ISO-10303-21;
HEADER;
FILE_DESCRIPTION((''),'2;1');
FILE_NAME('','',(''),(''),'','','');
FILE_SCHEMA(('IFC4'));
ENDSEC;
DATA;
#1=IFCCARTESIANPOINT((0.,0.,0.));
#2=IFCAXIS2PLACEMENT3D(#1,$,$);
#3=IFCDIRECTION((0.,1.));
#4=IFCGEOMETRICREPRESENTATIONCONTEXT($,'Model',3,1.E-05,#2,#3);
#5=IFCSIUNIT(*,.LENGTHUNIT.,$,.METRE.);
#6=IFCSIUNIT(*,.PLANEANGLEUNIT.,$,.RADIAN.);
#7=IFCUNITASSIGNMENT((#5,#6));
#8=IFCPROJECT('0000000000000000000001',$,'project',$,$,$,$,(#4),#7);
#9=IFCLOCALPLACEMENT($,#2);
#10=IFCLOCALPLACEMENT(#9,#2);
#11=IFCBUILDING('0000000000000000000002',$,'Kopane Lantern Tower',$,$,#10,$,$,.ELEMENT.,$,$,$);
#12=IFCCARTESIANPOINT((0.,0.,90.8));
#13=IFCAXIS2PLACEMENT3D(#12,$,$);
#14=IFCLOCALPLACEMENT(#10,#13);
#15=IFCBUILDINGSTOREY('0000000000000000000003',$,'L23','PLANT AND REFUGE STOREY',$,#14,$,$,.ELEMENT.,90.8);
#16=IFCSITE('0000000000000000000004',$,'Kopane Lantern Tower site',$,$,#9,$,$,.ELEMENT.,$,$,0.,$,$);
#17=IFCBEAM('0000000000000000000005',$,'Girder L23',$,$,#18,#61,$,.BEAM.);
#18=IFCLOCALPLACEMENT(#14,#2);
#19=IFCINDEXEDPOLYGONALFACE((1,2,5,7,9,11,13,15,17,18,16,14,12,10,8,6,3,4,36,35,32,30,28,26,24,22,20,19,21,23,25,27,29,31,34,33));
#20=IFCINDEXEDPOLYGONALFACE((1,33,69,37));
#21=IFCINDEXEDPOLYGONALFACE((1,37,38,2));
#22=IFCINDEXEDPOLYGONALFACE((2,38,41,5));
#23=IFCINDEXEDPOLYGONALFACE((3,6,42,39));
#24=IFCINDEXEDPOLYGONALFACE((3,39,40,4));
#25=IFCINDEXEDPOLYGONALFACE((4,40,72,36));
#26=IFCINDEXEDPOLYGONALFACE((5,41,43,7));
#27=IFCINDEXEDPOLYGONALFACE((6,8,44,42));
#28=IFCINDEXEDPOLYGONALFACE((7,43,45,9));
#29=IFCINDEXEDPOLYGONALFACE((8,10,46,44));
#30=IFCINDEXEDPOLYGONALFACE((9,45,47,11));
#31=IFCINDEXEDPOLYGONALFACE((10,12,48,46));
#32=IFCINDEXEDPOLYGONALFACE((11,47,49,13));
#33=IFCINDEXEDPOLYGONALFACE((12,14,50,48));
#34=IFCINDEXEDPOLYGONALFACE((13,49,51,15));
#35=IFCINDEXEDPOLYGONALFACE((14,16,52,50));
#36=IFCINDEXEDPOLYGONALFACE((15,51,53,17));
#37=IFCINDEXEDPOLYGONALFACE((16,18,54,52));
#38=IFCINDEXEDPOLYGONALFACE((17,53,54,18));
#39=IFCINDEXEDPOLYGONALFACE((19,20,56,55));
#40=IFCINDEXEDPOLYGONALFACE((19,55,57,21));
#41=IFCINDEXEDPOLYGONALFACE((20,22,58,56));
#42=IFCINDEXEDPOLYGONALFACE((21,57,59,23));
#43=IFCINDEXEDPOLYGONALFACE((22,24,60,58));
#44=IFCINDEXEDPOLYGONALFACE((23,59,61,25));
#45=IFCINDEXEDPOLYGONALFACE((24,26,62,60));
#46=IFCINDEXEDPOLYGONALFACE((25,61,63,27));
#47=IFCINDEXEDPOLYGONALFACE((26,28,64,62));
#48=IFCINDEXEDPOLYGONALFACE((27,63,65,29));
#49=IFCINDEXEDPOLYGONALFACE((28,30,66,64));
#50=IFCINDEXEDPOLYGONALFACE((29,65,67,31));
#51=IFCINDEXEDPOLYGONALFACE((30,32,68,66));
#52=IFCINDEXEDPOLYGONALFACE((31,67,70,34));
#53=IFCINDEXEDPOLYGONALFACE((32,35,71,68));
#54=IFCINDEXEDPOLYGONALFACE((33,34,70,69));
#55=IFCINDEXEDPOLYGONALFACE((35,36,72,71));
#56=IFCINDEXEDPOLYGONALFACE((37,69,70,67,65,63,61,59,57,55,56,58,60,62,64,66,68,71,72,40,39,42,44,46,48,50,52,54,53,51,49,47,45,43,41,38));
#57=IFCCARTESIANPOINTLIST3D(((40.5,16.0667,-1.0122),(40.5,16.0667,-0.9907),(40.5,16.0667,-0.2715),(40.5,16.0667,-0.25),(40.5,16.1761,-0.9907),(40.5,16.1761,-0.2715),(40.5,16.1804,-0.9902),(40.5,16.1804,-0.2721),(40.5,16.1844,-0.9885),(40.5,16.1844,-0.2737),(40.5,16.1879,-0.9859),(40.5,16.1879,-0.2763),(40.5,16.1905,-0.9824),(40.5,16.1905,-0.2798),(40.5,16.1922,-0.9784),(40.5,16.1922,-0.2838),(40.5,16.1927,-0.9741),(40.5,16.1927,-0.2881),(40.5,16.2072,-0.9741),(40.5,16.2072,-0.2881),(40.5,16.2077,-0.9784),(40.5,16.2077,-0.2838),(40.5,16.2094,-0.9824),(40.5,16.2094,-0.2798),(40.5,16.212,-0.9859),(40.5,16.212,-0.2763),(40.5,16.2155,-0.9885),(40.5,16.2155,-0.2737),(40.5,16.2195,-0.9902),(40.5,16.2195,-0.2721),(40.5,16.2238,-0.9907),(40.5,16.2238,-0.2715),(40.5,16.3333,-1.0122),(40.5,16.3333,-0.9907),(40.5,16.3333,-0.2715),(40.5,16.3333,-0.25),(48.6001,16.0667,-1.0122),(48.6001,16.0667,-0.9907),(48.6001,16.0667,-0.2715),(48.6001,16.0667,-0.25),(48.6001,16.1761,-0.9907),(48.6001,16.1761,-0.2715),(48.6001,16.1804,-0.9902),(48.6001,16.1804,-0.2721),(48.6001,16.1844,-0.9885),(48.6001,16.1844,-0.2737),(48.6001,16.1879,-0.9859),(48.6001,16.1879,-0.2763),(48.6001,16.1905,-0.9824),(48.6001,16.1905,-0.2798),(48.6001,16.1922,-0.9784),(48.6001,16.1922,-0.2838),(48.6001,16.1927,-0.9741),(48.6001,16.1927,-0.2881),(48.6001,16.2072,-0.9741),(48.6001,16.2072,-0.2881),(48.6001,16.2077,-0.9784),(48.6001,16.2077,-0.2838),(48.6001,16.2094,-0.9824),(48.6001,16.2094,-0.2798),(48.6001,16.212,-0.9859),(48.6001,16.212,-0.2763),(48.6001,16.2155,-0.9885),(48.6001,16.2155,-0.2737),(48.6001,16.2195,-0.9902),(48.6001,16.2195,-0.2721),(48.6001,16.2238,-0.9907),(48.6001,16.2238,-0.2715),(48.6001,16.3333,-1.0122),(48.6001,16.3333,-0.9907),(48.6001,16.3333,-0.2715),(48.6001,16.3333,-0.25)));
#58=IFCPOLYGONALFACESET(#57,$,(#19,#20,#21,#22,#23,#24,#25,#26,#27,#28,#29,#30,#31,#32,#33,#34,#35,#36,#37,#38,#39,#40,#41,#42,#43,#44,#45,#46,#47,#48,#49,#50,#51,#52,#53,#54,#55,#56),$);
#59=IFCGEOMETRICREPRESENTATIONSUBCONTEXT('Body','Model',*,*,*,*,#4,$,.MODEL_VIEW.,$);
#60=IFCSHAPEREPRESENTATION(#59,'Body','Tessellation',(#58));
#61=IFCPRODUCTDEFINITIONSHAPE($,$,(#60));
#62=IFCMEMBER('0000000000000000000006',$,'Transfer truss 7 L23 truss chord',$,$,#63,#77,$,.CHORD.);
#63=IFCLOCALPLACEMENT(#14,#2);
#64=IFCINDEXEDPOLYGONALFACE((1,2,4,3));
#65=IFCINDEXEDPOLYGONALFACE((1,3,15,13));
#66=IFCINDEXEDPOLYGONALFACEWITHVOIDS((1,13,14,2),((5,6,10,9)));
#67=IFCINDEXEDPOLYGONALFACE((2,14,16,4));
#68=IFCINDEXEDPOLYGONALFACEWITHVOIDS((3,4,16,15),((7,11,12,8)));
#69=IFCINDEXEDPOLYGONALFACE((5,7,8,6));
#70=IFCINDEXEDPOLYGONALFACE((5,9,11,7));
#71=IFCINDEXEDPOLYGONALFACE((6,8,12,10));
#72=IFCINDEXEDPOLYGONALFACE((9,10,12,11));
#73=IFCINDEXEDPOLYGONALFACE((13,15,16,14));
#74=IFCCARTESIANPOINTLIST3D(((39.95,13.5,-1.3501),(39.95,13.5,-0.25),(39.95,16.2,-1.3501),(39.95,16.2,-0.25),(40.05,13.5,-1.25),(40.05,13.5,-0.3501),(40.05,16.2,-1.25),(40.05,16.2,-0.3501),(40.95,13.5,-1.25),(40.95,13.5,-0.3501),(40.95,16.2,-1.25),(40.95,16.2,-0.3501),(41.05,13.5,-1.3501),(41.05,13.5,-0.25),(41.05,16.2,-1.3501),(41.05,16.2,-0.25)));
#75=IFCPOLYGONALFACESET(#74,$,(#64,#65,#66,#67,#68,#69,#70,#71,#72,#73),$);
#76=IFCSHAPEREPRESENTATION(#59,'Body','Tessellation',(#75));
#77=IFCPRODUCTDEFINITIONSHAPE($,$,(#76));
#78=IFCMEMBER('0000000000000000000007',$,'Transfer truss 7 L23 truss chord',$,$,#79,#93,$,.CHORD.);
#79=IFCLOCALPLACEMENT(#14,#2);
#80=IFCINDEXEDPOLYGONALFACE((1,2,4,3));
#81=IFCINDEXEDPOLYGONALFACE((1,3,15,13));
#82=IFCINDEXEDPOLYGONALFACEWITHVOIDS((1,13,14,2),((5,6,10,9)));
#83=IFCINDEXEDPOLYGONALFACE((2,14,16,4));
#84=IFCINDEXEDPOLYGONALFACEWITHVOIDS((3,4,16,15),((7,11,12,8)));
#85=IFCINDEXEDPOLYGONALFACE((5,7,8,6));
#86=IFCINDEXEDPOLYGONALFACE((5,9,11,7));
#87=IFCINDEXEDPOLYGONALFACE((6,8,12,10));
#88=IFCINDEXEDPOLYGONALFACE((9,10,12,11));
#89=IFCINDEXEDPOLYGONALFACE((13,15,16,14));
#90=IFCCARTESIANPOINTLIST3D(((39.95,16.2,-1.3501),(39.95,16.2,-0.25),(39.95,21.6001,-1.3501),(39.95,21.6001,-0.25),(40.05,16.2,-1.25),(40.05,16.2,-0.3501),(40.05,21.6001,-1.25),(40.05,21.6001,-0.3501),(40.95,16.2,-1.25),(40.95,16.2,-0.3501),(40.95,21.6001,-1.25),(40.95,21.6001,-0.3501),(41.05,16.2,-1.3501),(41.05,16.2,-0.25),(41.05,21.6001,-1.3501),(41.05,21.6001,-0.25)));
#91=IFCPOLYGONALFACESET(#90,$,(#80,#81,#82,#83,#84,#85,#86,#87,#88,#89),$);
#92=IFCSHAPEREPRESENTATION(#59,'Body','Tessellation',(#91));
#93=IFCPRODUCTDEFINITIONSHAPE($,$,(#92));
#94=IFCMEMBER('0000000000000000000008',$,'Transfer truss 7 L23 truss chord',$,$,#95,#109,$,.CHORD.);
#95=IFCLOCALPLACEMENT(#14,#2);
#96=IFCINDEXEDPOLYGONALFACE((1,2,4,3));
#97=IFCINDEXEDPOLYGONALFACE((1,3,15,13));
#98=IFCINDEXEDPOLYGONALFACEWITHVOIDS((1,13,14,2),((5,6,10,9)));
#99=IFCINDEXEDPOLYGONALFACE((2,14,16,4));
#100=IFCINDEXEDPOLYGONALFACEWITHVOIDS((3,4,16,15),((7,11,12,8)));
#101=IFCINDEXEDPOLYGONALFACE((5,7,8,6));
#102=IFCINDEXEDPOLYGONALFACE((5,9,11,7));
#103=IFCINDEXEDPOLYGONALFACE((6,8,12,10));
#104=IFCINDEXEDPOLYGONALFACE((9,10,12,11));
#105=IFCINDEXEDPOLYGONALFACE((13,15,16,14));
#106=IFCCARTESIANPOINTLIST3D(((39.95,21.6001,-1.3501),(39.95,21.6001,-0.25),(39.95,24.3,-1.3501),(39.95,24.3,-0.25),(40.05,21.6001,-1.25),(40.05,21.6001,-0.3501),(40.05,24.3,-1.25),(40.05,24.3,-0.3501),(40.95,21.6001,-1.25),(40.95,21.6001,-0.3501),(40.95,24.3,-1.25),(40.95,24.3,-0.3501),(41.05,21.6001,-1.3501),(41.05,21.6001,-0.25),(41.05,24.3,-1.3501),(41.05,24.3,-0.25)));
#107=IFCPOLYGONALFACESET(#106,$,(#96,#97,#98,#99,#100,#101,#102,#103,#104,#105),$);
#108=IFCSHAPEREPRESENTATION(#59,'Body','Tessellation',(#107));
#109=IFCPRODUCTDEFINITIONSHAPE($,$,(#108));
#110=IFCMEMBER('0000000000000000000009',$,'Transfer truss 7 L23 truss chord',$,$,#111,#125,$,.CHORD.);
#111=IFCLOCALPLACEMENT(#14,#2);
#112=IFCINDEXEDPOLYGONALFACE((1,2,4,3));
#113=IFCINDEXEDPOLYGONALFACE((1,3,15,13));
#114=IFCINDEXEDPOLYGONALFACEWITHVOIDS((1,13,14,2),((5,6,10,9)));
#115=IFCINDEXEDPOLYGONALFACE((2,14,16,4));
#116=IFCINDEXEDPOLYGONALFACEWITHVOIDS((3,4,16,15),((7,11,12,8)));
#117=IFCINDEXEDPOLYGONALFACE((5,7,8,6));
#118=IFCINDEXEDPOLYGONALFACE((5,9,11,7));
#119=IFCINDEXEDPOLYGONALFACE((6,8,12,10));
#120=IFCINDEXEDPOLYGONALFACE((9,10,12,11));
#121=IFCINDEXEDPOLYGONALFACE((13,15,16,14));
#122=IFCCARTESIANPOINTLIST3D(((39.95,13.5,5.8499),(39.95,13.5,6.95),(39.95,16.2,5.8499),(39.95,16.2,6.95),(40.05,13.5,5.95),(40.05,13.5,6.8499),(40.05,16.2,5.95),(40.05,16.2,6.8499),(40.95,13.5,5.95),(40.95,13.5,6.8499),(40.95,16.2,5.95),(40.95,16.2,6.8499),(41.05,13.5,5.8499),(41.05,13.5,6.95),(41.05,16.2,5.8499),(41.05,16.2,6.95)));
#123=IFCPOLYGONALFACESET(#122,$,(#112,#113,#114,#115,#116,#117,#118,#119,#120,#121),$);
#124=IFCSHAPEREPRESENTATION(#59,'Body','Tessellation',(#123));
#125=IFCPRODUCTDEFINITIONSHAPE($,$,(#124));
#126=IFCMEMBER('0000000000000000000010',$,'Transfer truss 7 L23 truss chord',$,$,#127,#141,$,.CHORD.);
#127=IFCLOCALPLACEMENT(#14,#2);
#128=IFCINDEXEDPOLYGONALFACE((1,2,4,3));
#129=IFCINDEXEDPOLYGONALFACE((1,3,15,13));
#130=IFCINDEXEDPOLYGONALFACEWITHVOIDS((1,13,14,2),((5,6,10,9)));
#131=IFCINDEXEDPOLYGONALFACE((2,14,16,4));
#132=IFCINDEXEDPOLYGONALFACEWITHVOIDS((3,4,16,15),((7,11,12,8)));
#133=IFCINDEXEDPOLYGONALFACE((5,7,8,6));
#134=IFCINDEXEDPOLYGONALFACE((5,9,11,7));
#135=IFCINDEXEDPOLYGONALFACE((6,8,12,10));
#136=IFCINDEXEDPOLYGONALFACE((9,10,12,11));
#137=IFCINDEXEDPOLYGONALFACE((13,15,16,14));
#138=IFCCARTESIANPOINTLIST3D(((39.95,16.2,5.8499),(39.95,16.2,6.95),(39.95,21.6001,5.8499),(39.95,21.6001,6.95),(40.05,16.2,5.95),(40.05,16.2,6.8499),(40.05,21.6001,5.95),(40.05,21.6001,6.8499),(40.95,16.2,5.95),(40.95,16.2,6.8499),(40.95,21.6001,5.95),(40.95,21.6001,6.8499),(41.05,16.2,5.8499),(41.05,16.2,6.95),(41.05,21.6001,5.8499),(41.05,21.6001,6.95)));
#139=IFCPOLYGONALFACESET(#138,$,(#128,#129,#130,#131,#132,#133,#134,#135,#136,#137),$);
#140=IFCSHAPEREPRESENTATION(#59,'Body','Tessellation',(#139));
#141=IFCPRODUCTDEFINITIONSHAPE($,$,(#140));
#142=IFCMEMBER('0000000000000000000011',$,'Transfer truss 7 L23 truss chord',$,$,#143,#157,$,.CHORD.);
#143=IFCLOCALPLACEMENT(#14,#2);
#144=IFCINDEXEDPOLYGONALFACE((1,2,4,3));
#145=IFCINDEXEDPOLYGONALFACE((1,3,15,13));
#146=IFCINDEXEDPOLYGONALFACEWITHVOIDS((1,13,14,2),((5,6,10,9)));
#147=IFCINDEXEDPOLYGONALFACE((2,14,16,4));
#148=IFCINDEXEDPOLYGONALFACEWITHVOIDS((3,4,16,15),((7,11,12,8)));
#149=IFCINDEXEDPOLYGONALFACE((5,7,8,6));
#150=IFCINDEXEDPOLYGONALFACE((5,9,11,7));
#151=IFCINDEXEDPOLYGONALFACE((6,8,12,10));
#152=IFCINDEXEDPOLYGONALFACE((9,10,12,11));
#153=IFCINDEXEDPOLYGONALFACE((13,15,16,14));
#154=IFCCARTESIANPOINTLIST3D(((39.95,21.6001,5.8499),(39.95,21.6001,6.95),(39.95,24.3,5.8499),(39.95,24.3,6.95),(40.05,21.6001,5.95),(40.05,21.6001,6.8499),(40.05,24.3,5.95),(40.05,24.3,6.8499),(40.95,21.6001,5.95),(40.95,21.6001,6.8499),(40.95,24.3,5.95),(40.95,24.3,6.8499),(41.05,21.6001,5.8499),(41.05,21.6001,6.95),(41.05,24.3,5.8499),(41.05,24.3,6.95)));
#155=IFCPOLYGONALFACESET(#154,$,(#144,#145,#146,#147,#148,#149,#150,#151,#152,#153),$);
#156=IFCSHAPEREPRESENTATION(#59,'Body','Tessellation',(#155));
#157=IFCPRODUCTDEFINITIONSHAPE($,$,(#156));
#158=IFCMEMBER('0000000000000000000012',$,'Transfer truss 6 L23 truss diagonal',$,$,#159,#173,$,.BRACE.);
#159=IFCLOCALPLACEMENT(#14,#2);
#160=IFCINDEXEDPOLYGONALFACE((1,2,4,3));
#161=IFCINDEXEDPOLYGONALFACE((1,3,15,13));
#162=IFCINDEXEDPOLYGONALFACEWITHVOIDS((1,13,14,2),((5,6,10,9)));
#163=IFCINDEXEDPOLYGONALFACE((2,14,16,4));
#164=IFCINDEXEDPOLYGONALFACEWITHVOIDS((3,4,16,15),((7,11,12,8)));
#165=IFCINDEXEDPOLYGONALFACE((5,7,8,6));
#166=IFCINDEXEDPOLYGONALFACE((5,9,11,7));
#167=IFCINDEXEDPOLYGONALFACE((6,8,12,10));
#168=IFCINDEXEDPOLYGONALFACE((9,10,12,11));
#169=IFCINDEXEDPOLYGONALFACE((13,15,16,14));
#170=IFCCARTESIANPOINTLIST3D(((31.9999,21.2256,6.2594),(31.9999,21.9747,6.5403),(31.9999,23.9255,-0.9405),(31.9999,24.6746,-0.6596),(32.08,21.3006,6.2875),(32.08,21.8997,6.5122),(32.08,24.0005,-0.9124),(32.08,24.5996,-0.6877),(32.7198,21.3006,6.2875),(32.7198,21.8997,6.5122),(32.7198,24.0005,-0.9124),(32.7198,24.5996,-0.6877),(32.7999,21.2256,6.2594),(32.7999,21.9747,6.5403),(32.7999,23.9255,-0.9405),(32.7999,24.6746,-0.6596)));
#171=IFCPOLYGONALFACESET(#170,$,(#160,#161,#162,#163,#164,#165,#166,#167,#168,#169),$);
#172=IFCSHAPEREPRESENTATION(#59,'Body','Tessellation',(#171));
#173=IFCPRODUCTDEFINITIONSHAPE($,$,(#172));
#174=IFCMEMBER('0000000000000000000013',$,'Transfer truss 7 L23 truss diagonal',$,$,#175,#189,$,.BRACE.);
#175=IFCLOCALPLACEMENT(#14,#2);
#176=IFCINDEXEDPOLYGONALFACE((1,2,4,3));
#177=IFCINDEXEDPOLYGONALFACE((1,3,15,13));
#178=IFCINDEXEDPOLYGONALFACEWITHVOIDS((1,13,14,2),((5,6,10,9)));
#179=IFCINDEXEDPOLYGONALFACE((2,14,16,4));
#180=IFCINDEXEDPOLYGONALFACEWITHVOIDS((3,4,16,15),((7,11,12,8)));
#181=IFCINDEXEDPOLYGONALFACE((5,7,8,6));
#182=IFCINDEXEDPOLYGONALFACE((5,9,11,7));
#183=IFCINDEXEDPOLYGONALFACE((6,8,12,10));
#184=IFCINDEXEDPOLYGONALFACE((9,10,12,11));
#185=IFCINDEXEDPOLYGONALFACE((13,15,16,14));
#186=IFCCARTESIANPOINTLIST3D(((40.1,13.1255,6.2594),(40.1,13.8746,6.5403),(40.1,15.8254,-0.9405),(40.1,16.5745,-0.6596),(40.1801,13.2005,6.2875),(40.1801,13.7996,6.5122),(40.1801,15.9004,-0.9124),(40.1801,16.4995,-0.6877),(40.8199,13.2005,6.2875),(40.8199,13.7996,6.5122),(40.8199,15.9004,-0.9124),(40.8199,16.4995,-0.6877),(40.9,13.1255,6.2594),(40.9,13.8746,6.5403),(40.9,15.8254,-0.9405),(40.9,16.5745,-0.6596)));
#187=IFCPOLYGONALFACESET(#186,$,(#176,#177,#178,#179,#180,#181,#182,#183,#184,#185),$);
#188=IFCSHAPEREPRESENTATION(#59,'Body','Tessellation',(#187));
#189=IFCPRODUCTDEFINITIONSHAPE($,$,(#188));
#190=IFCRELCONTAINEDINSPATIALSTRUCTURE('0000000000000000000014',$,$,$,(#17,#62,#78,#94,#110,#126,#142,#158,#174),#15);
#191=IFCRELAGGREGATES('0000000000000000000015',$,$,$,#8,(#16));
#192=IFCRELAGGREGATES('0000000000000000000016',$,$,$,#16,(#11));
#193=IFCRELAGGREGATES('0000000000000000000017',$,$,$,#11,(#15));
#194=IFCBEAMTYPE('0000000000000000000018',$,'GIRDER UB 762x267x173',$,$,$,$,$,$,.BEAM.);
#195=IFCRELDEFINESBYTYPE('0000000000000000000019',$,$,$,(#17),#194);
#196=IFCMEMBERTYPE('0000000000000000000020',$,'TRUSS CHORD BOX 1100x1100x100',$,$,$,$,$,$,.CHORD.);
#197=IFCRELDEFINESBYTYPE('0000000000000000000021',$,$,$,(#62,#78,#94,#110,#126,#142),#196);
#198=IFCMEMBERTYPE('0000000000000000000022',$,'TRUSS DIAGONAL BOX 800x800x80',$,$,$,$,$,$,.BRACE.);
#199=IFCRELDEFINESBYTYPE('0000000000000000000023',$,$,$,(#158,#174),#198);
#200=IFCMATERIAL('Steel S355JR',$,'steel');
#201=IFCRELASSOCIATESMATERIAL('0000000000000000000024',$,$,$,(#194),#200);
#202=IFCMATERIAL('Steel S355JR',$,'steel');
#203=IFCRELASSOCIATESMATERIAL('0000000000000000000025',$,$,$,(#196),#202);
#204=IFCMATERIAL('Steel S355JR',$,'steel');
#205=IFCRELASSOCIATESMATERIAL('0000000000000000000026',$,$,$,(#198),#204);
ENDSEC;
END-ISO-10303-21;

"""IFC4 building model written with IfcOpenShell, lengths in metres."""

from ifc_helpers import new_model, si_unit, direction, frame, origin, origin_2d, place, context, subcontext, project, spatial, hollow_rectangle, i_section, extrude, material, material_profile, profile_set, type_object, element, save


model = new_model("IFC4")

# Units and contexts
model_context = context("Model", 3, precision=1e-05, world=origin(), true_north=direction((0.0, 1.0)))
body_context = subcontext(model_context, "Body", "Model", "MODEL_VIEW")
ifc_project = project(units=[si_unit("LENGTHUNIT", "METRE"), si_unit("PLANEANGLEUNIT", "RADIAN")], contexts=[model_context])

# Site, building, storey
site_placement = place(None, origin())
site = spatial("IfcSite", under=ifc_project, at=site_placement, Name="Kopane Lantern Tower site", CompositionType="ELEMENT", RefElevation=0.0)
building_placement = place(site_placement, origin())
building = spatial("IfcBuilding", under=site, at=building_placement, Name="Kopane Lantern Tower", CompositionType="ELEMENT")
storey_placement = place(building_placement, frame((0.0, 0.0, 90.8)))
storey = spatial("IfcBuildingStorey", under=building, at=storey_placement, Name="L23", Description="PLANT AND REFUGE STOREY", CompositionType="ELEMENT", Elevation=90.8)

# Beam
ifc_material_1 = material(Name="Steel S355JR", Category="steel")
ifc_material_profile_1 = material_profile(ifc_material_1, i_section(OverallWidth=0.2666, OverallDepth=0.7622, WebThickness=0.0144, FlangeThickness=0.0215, FilletRadius=0.0166, at=origin_2d()), Name="UB 762x267x173")
ifc_profile_set_1 = profile_set([ifc_material_profile_1], Name="Steel S355JR")
beam_type_1 = type_object("IfcBeamType", Name="GIRDER UB 762x267x173", PredefinedType="BEAM", material=ifc_profile_set_1)
for number, where, z_axis, x_axis, name in (
    (1, (40.5, 16.2, -0.6311), (1.0, 0.0, 0.0), (0.0, 1.0, 0.0), "Girder L23"),
):
    element("IfcBeam", number, at=place(storey_placement, frame(where, z_axis=z_axis, x_axis=x_axis)), inside=storey, type_object=beam_type_1, Name=name, PredefinedType="BEAM", context=body_context, shape_type="SweptSolid", body=[
        extrude(i_section(OverallWidth=0.2666, OverallDepth=0.7622, WebThickness=0.0144, FlangeThickness=0.0215, FilletRadius=0.0166, at=origin_2d()), origin(), (0.0, 0.0, 1.0), 8.1001),
    ])

# Members
ifc_material_2 = material(Name="Steel S355JR", Category="steel")
ifc_material_profile_2 = material_profile(ifc_material_2, hollow_rectangle(XDim=1.1001, YDim=1.1001, WallThickness=0.1001, at=origin_2d()), Name="BOX 1100x1100x100")
ifc_profile_set_2 = profile_set([ifc_material_profile_2], Name="Steel S355JR")
member_type_1 = type_object("IfcMemberType", Name="TRUSS CHORD BOX 1100x1100x100", PredefinedType="CHORD", material=ifc_profile_set_2)
member_1_placement = place(storey_placement, frame((40.5, 13.5, -0.8), z_axis=(0.0, 1.0, 0.0), x_axis=(-1.0, 0.0, 0.0)))
element("IfcMember", 2, at=member_1_placement, inside=storey, type_object=member_type_1, Name="Transfer truss 7 L23 truss chord", PredefinedType="CHORD", context=body_context, shape_type="SweptSolid", body=[
    extrude(hollow_rectangle(XDim=1.1001, YDim=1.1001, WallThickness=0.1001, at=origin_2d()), origin(), (0.0, 0.0, 1.0), 2.7),
])
member_2_placement = place(storey_placement, frame((40.5, 16.2, -0.8), z_axis=(0.0, 1.0, 0.0), x_axis=(-1.0, 0.0, 0.0)))
element("IfcMember", 3, at=member_2_placement, inside=storey, type_object=member_type_1, Name="Transfer truss 7 L23 truss chord", PredefinedType="CHORD", context=body_context, shape_type="SweptSolid", body=[
    extrude(hollow_rectangle(XDim=1.1001, YDim=1.1001, WallThickness=0.1001, at=origin_2d()), origin(), (0.0, 0.0, 1.0), 5.4001),
])
for number, where, z_axis, x_axis, name in (
    (4, (40.5, 21.6001, -0.8), (0.0, 1.0, 0.0), (-1.0, 0.0, 0.0), "Transfer truss 7 L23 truss chord"),
    (5, (40.5, 13.5, 6.3999), (0.0, 1.0, 0.0), (-1.0, 0.0, 0.0), "Transfer truss 7 L23 truss chord"),
):
    element("IfcMember", number, at=place(storey_placement, frame(where, z_axis=z_axis, x_axis=x_axis)), inside=storey, type_object=member_type_1, Name=name, PredefinedType="CHORD", context=body_context, shape_type="SweptSolid", body=[
        extrude(hollow_rectangle(XDim=1.1001, YDim=1.1001, WallThickness=0.1001, at=origin_2d()), origin(), (0.0, 0.0, 1.0), 2.7),
    ])
member_3_placement = place(storey_placement, frame((40.5, 16.2, 6.3999), z_axis=(0.0, 1.0, 0.0), x_axis=(-1.0, 0.0, 0.0)))
element("IfcMember", 6, at=member_3_placement, inside=storey, type_object=member_type_1, Name="Transfer truss 7 L23 truss chord", PredefinedType="CHORD", context=body_context, shape_type="SweptSolid", body=[
    extrude(hollow_rectangle(XDim=1.1001, YDim=1.1001, WallThickness=0.1001, at=origin_2d()), origin(), (0.0, 0.0, 1.0), 5.4001),
])
member_4_placement = place(storey_placement, frame((40.5, 21.6001, 6.3999), z_axis=(0.0, 1.0, 0.0), x_axis=(-1.0, 0.0, 0.0)))
element("IfcMember", 7, at=member_4_placement, inside=storey, type_object=member_type_1, Name="Transfer truss 7 L23 truss chord", PredefinedType="CHORD", context=body_context, shape_type="SweptSolid", body=[
    extrude(hollow_rectangle(XDim=1.1001, YDim=1.1001, WallThickness=0.1001, at=origin_2d()), origin(), (0.0, 0.0, 1.0), 2.7),
])
ifc_material_3 = material(Name="Steel S355JR", Category="steel")
ifc_material_profile_3 = material_profile(ifc_material_3, hollow_rectangle(XDim=0.8, YDim=0.8, WallThickness=0.0801, at=origin_2d()), Name="BOX 800x800x80")
ifc_profile_set_3 = profile_set([ifc_material_profile_3], Name="Steel S355JR")
member_type_2 = type_object("IfcMemberType", Name="TRUSS DIAGONAL BOX 800x800x80", PredefinedType="BRACE", material=ifc_profile_set_3)
for number, where, z_axis, x_axis, name in (
    (8, (32.3999, 24.3, -0.8), (0.0, -0.35112, 0.93633), (1.0, 0.0, 0.0), "Transfer truss 6 L23 truss diagonal"),
    (9, (40.5, 16.2, -0.8), (0.0, -0.35112, 0.93633), (1.0, 0.0, 0.0), "Transfer truss 7 L23 truss diagonal"),
):
    element("IfcMember", number, at=place(storey_placement, frame(where, z_axis=z_axis, x_axis=x_axis)), inside=storey, type_object=member_type_2, Name=name, PredefinedType="BRACE", context=body_context, shape_type="SweptSolid", body=[
        extrude(hollow_rectangle(XDim=0.8, YDim=0.8, WallThickness=0.0801, at=origin_2d()), origin(), (0.0, 0.0, 1.0), 7.6895),
    ])

save(model, "model.ifc")
